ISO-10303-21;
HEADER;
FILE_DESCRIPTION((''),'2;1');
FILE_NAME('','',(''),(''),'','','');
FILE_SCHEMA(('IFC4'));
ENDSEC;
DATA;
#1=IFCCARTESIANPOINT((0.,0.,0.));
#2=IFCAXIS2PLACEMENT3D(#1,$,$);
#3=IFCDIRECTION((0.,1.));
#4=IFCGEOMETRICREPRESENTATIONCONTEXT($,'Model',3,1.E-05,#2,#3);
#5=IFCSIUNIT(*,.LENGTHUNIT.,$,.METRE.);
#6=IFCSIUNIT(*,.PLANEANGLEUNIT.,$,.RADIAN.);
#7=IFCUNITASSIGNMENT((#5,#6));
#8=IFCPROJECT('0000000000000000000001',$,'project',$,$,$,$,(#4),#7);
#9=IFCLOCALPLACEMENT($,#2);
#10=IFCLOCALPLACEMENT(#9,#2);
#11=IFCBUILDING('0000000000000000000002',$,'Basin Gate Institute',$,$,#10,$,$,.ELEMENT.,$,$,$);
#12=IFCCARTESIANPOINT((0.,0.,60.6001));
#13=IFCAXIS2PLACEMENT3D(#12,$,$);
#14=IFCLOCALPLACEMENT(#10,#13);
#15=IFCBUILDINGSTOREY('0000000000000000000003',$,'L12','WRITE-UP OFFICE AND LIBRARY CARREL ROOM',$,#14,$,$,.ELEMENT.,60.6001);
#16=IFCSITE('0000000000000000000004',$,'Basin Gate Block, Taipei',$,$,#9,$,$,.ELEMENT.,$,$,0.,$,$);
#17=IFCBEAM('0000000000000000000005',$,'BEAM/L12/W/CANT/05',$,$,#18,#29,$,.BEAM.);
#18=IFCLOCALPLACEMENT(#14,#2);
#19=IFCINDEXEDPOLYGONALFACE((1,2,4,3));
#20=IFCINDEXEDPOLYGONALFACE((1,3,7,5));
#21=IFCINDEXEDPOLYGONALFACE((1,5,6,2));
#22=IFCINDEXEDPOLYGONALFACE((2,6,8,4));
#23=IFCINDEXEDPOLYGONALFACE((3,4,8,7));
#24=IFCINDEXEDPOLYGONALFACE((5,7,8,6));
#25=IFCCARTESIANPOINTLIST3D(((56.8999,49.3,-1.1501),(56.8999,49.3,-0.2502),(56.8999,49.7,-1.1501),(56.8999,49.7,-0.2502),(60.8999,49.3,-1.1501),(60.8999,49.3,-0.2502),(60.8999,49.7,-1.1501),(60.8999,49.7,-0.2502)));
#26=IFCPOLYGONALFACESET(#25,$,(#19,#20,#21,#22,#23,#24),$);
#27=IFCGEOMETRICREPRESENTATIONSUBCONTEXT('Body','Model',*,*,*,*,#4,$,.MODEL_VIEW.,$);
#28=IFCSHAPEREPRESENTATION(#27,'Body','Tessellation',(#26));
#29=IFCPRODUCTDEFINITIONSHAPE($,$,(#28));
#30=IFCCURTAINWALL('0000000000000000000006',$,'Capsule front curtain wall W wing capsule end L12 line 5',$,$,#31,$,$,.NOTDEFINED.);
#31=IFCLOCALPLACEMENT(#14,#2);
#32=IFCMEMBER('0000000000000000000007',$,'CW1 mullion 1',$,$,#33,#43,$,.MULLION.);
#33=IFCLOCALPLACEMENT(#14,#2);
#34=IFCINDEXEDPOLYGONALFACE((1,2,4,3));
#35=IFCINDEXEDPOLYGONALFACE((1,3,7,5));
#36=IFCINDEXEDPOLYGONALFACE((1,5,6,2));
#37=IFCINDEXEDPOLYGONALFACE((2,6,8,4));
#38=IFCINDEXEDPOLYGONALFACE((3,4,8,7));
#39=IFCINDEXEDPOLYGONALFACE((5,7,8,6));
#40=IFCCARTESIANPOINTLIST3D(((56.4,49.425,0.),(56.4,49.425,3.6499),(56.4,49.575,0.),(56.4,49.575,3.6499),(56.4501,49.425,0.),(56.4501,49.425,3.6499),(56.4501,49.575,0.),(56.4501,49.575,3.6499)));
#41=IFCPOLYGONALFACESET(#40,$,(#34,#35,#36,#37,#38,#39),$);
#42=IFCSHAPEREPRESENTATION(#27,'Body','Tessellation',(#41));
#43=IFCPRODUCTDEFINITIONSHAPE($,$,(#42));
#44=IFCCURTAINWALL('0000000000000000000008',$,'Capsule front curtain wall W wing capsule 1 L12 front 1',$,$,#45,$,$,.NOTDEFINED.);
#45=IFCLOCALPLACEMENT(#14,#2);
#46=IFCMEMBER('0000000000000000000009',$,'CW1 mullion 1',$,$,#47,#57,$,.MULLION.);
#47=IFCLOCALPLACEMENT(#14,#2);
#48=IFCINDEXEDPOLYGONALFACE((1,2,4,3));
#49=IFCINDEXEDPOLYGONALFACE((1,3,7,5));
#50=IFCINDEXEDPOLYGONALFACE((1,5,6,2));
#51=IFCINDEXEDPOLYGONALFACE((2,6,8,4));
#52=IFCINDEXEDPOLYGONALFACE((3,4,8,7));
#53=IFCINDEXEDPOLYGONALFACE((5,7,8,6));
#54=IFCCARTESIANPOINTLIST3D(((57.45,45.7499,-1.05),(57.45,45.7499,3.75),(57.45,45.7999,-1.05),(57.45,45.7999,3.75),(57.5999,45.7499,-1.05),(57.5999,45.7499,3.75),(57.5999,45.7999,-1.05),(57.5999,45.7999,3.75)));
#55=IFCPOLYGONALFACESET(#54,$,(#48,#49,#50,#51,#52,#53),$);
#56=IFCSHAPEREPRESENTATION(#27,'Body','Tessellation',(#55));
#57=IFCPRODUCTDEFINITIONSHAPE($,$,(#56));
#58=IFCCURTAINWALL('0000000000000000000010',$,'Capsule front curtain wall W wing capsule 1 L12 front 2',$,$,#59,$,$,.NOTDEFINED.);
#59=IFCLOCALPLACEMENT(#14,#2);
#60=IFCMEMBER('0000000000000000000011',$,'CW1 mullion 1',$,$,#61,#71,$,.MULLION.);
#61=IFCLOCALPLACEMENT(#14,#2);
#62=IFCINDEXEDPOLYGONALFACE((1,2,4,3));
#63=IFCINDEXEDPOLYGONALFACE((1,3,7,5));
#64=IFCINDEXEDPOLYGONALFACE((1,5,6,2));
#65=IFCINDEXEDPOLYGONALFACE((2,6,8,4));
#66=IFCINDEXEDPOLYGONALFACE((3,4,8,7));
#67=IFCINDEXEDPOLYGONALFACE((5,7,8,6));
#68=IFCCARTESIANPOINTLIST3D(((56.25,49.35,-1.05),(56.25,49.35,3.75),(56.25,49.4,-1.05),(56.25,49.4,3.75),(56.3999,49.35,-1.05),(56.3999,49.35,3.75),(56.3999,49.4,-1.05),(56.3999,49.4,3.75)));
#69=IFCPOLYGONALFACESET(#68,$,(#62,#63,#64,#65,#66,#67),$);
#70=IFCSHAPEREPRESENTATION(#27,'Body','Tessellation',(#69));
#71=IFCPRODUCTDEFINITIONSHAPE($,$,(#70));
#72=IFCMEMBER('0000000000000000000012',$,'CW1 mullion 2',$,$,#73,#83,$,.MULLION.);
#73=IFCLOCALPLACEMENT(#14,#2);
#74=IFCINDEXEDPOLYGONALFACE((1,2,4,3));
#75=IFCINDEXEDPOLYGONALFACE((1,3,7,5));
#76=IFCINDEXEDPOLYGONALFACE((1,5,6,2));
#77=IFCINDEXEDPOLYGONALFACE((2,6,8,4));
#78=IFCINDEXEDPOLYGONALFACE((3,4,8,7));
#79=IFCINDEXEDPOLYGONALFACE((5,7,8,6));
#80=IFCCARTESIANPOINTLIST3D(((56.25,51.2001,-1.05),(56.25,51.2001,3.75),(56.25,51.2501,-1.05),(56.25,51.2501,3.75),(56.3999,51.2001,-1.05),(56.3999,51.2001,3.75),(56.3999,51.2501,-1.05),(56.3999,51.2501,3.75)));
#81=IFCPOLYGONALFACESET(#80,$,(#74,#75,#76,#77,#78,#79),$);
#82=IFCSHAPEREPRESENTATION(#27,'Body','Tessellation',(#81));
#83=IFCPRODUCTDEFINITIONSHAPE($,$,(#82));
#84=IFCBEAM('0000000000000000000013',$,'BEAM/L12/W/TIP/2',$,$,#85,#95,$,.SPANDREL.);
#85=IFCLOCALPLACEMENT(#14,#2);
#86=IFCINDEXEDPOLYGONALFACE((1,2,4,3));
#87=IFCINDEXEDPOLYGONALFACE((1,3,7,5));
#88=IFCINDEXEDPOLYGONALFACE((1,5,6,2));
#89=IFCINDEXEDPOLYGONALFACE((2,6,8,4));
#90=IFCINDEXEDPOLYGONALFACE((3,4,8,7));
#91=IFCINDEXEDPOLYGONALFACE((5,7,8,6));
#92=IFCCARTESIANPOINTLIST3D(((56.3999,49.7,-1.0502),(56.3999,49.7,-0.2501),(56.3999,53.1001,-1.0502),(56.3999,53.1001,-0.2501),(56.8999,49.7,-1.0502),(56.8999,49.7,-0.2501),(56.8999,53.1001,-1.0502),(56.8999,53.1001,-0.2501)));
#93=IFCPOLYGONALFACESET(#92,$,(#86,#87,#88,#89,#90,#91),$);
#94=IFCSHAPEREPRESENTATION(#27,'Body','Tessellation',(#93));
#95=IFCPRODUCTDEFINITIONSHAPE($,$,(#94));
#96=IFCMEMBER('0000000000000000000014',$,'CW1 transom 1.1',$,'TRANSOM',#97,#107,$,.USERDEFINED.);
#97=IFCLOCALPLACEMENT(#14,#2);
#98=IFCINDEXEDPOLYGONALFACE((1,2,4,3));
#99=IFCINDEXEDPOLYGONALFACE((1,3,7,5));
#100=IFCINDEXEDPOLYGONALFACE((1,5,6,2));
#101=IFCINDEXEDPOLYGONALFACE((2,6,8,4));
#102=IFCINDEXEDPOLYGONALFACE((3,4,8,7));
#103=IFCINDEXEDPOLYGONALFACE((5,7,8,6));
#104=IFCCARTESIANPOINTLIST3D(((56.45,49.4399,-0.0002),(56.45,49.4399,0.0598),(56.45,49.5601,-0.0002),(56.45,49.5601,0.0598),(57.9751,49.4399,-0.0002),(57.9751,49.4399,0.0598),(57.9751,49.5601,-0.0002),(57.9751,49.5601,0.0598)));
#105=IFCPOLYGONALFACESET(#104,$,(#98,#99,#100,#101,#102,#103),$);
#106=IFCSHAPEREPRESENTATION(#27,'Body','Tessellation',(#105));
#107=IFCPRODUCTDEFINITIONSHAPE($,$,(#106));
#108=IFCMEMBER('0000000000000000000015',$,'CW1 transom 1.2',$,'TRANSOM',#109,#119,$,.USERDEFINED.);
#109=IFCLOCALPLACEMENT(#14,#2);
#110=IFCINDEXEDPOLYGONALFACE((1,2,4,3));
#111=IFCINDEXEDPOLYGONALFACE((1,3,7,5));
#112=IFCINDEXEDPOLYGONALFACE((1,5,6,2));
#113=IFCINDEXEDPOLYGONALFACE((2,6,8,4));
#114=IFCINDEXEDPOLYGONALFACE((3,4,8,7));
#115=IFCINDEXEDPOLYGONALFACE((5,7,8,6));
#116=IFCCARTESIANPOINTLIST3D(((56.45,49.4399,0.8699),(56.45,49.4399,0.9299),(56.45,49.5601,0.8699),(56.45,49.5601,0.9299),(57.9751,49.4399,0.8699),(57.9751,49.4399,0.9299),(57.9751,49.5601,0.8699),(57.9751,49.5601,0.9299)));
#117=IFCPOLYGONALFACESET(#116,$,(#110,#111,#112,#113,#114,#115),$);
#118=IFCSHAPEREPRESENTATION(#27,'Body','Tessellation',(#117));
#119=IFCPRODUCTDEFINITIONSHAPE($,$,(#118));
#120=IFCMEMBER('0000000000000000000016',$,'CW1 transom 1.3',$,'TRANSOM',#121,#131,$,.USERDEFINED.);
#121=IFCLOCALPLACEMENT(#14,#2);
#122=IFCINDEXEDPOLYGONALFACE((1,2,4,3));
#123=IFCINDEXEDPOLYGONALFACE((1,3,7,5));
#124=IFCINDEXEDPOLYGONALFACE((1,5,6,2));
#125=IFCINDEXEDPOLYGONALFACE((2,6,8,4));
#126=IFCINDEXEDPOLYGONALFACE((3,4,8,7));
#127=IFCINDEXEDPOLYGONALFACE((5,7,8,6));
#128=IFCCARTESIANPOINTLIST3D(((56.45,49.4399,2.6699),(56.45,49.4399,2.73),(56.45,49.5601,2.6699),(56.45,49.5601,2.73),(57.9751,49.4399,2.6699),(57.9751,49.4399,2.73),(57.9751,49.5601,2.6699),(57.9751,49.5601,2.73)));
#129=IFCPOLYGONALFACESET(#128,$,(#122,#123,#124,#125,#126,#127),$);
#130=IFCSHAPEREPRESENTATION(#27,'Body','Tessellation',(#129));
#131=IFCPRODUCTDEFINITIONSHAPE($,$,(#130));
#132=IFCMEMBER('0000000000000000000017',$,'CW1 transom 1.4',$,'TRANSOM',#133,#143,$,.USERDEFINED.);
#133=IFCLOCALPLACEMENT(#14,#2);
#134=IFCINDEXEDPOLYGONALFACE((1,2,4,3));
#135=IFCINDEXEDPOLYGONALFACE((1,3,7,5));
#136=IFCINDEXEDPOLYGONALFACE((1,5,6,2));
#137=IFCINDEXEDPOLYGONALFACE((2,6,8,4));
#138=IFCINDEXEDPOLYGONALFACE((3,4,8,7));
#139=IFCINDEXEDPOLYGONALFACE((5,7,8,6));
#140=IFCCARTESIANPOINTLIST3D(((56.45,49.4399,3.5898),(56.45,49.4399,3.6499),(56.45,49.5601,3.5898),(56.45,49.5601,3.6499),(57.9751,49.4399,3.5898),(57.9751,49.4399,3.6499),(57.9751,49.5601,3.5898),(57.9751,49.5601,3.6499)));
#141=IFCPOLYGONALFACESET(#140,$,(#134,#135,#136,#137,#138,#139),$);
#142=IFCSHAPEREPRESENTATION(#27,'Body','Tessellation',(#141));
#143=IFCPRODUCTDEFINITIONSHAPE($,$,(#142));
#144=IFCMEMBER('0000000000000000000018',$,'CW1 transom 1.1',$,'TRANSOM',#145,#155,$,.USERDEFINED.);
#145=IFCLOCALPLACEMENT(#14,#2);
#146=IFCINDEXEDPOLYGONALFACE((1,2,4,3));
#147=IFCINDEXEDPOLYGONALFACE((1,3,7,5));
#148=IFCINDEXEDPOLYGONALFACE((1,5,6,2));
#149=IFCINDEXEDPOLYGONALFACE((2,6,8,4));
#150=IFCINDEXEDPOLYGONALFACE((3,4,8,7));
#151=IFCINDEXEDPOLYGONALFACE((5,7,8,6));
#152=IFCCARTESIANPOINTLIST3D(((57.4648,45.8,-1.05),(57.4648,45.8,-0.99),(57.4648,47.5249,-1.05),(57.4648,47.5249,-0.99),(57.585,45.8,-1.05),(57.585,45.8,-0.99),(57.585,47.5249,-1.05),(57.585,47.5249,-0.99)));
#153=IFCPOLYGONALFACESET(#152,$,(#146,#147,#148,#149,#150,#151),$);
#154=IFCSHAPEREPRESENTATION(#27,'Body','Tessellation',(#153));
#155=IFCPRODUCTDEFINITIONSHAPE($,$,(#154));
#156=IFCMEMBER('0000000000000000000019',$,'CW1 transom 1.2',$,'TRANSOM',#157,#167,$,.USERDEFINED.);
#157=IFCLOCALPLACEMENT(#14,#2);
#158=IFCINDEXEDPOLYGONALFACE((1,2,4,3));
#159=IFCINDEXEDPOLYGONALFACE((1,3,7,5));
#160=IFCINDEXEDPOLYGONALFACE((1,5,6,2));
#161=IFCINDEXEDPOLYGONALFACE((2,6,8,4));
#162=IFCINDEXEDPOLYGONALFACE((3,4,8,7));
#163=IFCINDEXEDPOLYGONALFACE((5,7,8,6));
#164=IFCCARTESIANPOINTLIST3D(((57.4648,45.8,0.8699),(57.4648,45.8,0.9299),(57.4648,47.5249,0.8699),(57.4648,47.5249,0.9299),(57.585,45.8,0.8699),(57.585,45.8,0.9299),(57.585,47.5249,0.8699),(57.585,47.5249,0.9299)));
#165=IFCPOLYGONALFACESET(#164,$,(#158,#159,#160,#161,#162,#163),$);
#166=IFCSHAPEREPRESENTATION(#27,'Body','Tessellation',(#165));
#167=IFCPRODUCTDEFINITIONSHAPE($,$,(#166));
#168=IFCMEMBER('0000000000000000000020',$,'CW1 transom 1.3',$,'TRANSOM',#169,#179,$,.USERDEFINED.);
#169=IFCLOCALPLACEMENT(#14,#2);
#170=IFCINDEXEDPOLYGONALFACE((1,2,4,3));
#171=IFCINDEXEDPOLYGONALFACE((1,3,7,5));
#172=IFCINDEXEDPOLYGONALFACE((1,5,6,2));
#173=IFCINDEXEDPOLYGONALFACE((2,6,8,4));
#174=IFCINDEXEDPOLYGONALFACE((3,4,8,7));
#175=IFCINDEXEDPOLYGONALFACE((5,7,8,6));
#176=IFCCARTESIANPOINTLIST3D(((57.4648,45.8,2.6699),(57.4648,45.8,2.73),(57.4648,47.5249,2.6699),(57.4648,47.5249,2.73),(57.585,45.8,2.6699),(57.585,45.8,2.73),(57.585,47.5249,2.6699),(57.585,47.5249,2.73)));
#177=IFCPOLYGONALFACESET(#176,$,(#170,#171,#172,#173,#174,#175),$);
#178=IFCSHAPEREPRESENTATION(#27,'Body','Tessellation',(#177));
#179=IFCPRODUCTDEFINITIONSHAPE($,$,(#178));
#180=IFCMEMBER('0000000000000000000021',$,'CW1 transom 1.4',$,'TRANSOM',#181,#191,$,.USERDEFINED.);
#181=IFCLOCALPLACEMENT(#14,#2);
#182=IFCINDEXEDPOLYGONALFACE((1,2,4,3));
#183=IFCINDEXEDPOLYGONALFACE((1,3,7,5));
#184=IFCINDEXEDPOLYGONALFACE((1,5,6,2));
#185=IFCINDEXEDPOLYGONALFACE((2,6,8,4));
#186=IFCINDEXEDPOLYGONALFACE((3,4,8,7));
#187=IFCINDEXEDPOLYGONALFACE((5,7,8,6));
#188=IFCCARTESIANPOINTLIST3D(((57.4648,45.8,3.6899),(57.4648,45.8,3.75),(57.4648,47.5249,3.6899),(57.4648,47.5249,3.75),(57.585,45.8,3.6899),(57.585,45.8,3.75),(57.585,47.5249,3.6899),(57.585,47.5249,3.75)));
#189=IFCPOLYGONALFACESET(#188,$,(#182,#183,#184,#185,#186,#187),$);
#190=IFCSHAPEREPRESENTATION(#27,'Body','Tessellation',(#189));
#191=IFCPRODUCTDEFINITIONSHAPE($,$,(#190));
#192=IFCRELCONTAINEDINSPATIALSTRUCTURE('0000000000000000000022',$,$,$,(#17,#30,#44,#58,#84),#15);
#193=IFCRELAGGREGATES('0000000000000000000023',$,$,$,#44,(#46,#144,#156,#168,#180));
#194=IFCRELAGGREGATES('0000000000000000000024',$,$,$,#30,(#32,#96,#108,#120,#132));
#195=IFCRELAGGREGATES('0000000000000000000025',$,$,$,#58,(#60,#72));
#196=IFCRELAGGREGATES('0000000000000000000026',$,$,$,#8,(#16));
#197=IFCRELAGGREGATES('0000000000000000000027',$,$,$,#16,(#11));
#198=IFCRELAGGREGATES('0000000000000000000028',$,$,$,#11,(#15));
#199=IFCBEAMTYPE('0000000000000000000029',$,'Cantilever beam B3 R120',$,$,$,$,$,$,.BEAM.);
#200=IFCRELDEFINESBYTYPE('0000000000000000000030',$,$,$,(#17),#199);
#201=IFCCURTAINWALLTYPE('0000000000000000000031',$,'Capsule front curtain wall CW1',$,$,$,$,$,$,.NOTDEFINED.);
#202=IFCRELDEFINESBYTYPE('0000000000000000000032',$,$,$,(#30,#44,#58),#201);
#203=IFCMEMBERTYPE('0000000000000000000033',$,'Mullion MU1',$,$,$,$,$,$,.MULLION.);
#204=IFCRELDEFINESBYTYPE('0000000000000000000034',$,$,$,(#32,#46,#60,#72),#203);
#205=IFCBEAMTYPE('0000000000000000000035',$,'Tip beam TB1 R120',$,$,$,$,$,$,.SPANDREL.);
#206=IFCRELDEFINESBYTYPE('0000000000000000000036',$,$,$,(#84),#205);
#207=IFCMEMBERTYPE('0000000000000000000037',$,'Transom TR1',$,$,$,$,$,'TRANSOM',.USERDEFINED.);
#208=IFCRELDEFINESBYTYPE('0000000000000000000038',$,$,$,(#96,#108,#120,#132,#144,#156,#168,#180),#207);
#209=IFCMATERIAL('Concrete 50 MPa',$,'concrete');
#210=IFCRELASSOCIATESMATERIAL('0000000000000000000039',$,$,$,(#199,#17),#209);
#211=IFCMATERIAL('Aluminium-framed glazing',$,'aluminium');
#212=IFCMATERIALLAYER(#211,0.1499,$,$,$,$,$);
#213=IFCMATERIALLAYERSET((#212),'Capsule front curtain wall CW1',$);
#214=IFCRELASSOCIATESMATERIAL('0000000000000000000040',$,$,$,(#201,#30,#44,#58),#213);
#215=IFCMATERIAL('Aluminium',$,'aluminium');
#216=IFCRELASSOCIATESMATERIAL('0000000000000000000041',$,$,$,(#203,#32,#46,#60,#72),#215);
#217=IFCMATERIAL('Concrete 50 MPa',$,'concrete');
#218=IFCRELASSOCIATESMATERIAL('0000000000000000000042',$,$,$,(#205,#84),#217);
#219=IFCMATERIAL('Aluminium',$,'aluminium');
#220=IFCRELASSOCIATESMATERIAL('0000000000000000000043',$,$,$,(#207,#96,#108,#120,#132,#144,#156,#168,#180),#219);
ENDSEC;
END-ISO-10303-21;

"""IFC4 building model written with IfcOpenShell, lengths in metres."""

from ifc_helpers import new_model, si_unit, direction, frame, origin, origin_2d, place, context, subcontext, project, spatial, rectangle, extrude, material, layer, layer_set, material_profile, profile_set, type_object, element, aggregate, save


model = new_model("IFC4")

# Units and contexts
model_context = context("Model", 3, precision=1e-05, world=origin(), true_north=direction((0.0, 1.0)))
body_context = subcontext(model_context, "Body", "Model", "MODEL_VIEW")
ifc_project = project(units=[si_unit("LENGTHUNIT", "METRE"), si_unit("PLANEANGLEUNIT", "RADIAN")], contexts=[model_context])

# Site, building, storey
site_placement = place(None, origin())
site = spatial("IfcSite", under=ifc_project, at=site_placement, Name="Basin Gate Block, Taipei", CompositionType="ELEMENT", RefElevation=0.0)
building_placement = place(site_placement, origin())
building = spatial("IfcBuilding", under=site, at=building_placement, Name="Basin Gate Institute", CompositionType="ELEMENT")
storey_placement = place(building_placement, frame((0.0, 0.0, 60.6001)))
storey = spatial("IfcBuildingStorey", under=building, at=storey_placement, Name="L12", Description="WRITE-UP OFFICE AND LIBRARY CARREL ROOM", CompositionType="ELEMENT", Elevation=60.6001)

# Beam
ifc_material_1 = material(Name="Concrete 50 MPa", Category="concrete")
ifc_material_profile_1 = material_profile(ifc_material_1, rectangle(XDim=0.3999, YDim=0.8999, at=origin_2d()), Name="Cantilever beam B3 400 x 900")
ifc_profile_set_1 = profile_set([ifc_material_profile_1], Name="Concrete 50 MPa")
beam_type_1 = type_object("IfcBeamType", Name="Cantilever beam B3 R120", PredefinedType="BEAM", material=ifc_profile_set_1)
beam_1_placement = place(storey_placement, frame((56.8999, 49.5, -0.7002), z_axis=(1.0, 0.0, 0.0), x_axis=(0.0, 1.0, 0.0)))
element("IfcBeam", 1, at=beam_1_placement, inside=storey, type_object=beam_type_1, material=ifc_profile_set_1, Name="BEAM/L12/W/CANT/05", PredefinedType="BEAM", context=body_context, shape_type="SweptSolid", body=[
    extrude(rectangle(XDim=0.3999, YDim=0.8999, at=origin_2d()), origin(), (0.0, 0.0, 1.0), 4.0),
])

# Curtain walls, members
ifc_material_2 = material(Name="Aluminium-framed glazing", Category="aluminium")
ifc_layer_1 = layer(ifc_material_2, 0.1499)
ifc_layer_set_1 = layer_set([ifc_layer_1], Name="Capsule front curtain wall CW1")
curtain_wall_type = type_object("IfcCurtainWallType", Name="Capsule front curtain wall CW1", PredefinedType="NOTDEFINED", material=ifc_layer_set_1)
curtain_wall_1_placement = place(storey_placement, origin())
curtain_wall_1 = element("IfcCurtainWall", 2, at=curtain_wall_1_placement, inside=storey, type_object=curtain_wall_type, material=ifc_layer_set_1, Name="Capsule front curtain wall W wing capsule end L12 line 5", PredefinedType="NOTDEFINED")
ifc_material_3 = material(Name="Aluminium", Category="aluminium")
ifc_material_profile_2 = material_profile(ifc_material_3, rectangle(XDim=0.1499, YDim=0.05, at=origin_2d()), Name="Mullion MU1 150 x 50")
ifc_profile_set_2 = profile_set([ifc_material_profile_2], Name="Aluminium")
member_type_1 = type_object("IfcMemberType", Name="Mullion MU1", PredefinedType="MULLION", material=ifc_profile_set_2)
member_1_placement = place(storey_placement, frame((56.425, 49.5, 0.0), z_axis=(0.0, 0.0, 1.0), x_axis=(0.0, 1.0, 0.0)))
member_1 = element("IfcMember", 3, at=member_1_placement, type_object=member_type_1, material=ifc_profile_set_2, Name="CW1 mullion 1", PredefinedType="MULLION", context=body_context, shape_type="SweptSolid", body=[
    extrude(rectangle(XDim=0.1499, YDim=0.05, at=origin_2d()), origin(), (0.0, 0.0, 1.0), 3.6499),
])
curtain_wall_2_placement = place(storey_placement, origin())
curtain_wall_2 = element("IfcCurtainWall", 4, at=curtain_wall_2_placement, inside=storey, type_object=curtain_wall_type, material=ifc_layer_set_1, Name="Capsule front curtain wall W wing capsule 1 L12 front 1", PredefinedType="NOTDEFINED")
member_2_placement = place(storey_placement, frame((57.5249, 45.7749, -1.05), z_axis=(0.0, 0.0, 1.0), x_axis=(-1.0, 0.0, 0.0)))
member_2 = element("IfcMember", 5, at=member_2_placement, type_object=member_type_1, material=ifc_profile_set_2, Name="CW1 mullion 1", PredefinedType="MULLION", context=body_context, shape_type="SweptSolid", body=[
    extrude(rectangle(XDim=0.1499, YDim=0.05, at=origin_2d()), origin(), (0.0, 0.0, 1.0), 4.8),
])

# Curtain wall, members
curtain_wall_3_placement = place(storey_placement, origin())
curtain_wall_3 = element("IfcCurtainWall", 6, at=curtain_wall_3_placement, inside=storey, type_object=curtain_wall_type, material=ifc_layer_set_1, Name="Capsule front curtain wall W wing capsule 1 L12 front 2", PredefinedType="NOTDEFINED")
member_3_placement = place(storey_placement, frame((56.325, 49.375, -1.05), z_axis=(0.0, 0.0, 1.0), x_axis=(-1.0, 0.0, 0.0)))
member_3 = element("IfcMember", 7, at=member_3_placement, type_object=member_type_1, material=ifc_profile_set_2, Name="CW1 mullion 1", PredefinedType="MULLION", context=body_context, shape_type="SweptSolid", body=[
    extrude(rectangle(XDim=0.1499, YDim=0.05, at=origin_2d()), origin(), (0.0, 0.0, 1.0), 4.8),
])
member_4_placement = place(storey_placement, frame((56.325, 51.2251, -1.05), z_axis=(0.0, 0.0, 1.0), x_axis=(-1.0, 0.0, 0.0)))
member_4 = element("IfcMember", 8, at=member_4_placement, type_object=member_type_1, material=ifc_profile_set_2, Name="CW1 mullion 2", PredefinedType="MULLION", context=body_context, shape_type="SweptSolid", body=[
    extrude(rectangle(XDim=0.1499, YDim=0.05, at=origin_2d()), origin(), (0.0, 0.0, 1.0), 4.8),
])

# Beam
ifc_material_4 = material(Name="Concrete 50 MPa", Category="concrete")
ifc_material_profile_3 = material_profile(ifc_material_4, rectangle(XDim=0.5, YDim=0.8, at=origin_2d()), Name="Tip beam TB1 500 x 800")
ifc_profile_set_3 = profile_set([ifc_material_profile_3], Name="Concrete 50 MPa")
beam_type_2 = type_object("IfcBeamType", Name="Tip beam TB1 R120", PredefinedType="SPANDREL", material=ifc_profile_set_3)
beam_2_placement = place(storey_placement, frame((56.6499, 49.7, -0.6501), z_axis=(0.0, 1.0, 0.0), x_axis=(-1.0, 0.0, 0.0)))
element("IfcBeam", 9, at=beam_2_placement, inside=storey, type_object=beam_type_2, material=ifc_profile_set_3, Name="BEAM/L12/W/TIP/2", PredefinedType="SPANDREL", context=body_context, shape_type="SweptSolid", body=[
    extrude(rectangle(XDim=0.5, YDim=0.8, at=origin_2d()), origin(), (0.0, 0.0, 1.0), 3.4001),
])

# Members
ifc_material_5 = material(Name="Aluminium", Category="aluminium")
ifc_material_profile_4 = material_profile(ifc_material_5, rectangle(XDim=0.1201, YDim=0.0601, at=origin_2d()), Name="Transom TR1 120 x 60")
ifc_profile_set_4 = profile_set([ifc_material_profile_4], Name="Aluminium")
member_type_2 = type_object("IfcMemberType", Name="Transom TR1", ElementType="TRANSOM", PredefinedType="USERDEFINED", material=ifc_profile_set_4)
member_5_placement = place(storey_placement, frame((56.45, 49.5, 0.0298), z_axis=(1.0, 0.0, 0.0), x_axis=(0.0, 1.0, 0.0)))
member_5 = element("IfcMember", 10, at=member_5_placement, type_object=member_type_2, material=ifc_profile_set_4, Name="CW1 transom 1.1", ObjectType="TRANSOM", PredefinedType="USERDEFINED", context=body_context, shape_type="SweptSolid", body=[
    extrude(rectangle(XDim=0.1201, YDim=0.0601, at=origin_2d()), origin(), (0.0, 0.0, 1.0), 1.5251),
])
member_6_placement = place(storey_placement, frame((56.45, 49.5, 0.8999), z_axis=(1.0, 0.0, 0.0), x_axis=(0.0, 1.0, 0.0)))
member_6 = element("IfcMember", 11, at=member_6_placement, type_object=member_type_2, material=ifc_profile_set_4, Name="CW1 transom 1.2", ObjectType="TRANSOM", PredefinedType="USERDEFINED", context=body_context, shape_type="SweptSolid", body=[
    extrude(rectangle(XDim=0.1201, YDim=0.0601, at=origin_2d()), origin(), (0.0, 0.0, 1.0), 1.5251),
])
member_7_placement = place(storey_placement, frame((56.45, 49.5, 2.7), z_axis=(1.0, 0.0, 0.0), x_axis=(0.0, 1.0, 0.0)))
member_7 = element("IfcMember", 12, at=member_7_placement, type_object=member_type_2, material=ifc_profile_set_4, Name="CW1 transom 1.3", ObjectType="TRANSOM", PredefinedType="USERDEFINED", context=body_context, shape_type="SweptSolid", body=[
    extrude(rectangle(XDim=0.1201, YDim=0.0601, at=origin_2d()), origin(), (0.0, 0.0, 1.0), 1.5251),
])
member_8_placement = place(storey_placement, frame((56.45, 49.5, 3.6199), z_axis=(1.0, 0.0, 0.0), x_axis=(0.0, 1.0, 0.0)))
member_8 = element("IfcMember", 13, at=member_8_placement, type_object=member_type_2, material=ifc_profile_set_4, Name="CW1 transom 1.4", ObjectType="TRANSOM", PredefinedType="USERDEFINED", context=body_context, shape_type="SweptSolid", body=[
    extrude(rectangle(XDim=0.1201, YDim=0.0601, at=origin_2d()), origin(), (0.0, 0.0, 1.0), 1.5251),
])
member_9_placement = place(storey_placement, frame((57.5249, 45.8, -1.02), z_axis=(0.0, 1.0, 0.0), x_axis=(-1.0, 0.0, 0.0)))
member_9 = element("IfcMember", 14, at=member_9_placement, type_object=member_type_2, material=ifc_profile_set_4, Name="CW1 transom 1.1", ObjectType="TRANSOM", PredefinedType="USERDEFINED", context=body_context, shape_type="SweptSolid", body=[
    extrude(rectangle(XDim=0.1201, YDim=0.0601, at=origin_2d()), origin(), (0.0, 0.0, 1.0), 1.7249),
])
member_10_placement = place(storey_placement, frame((57.5249, 45.8, 0.8999), z_axis=(0.0, 1.0, 0.0), x_axis=(-1.0, 0.0, 0.0)))
member_10 = element("IfcMember", 15, at=member_10_placement, type_object=member_type_2, material=ifc_profile_set_4, Name="CW1 transom 1.2", ObjectType="TRANSOM", PredefinedType="USERDEFINED", context=body_context, shape_type="SweptSolid", body=[
    extrude(rectangle(XDim=0.1201, YDim=0.0601, at=origin_2d()), origin(), (0.0, 0.0, 1.0), 1.7249),
])
member_11_placement = place(storey_placement, frame((57.5249, 45.8, 2.7), z_axis=(0.0, 1.0, 0.0), x_axis=(-1.0, 0.0, 0.0)))
member_11 = element("IfcMember", 16, at=member_11_placement, type_object=member_type_2, material=ifc_profile_set_4, Name="CW1 transom 1.3", ObjectType="TRANSOM", PredefinedType="USERDEFINED", context=body_context, shape_type="SweptSolid", body=[
    extrude(rectangle(XDim=0.1201, YDim=0.0601, at=origin_2d()), origin(), (0.0, 0.0, 1.0), 1.7249),
])
member_12_placement = place(storey_placement, frame((57.5249, 45.8, 3.72), z_axis=(0.0, 1.0, 0.0), x_axis=(-1.0, 0.0, 0.0)))
member_12 = element("IfcMember", 17, at=member_12_placement, type_object=member_type_2, material=ifc_profile_set_4, Name="CW1 transom 1.4", ObjectType="TRANSOM", PredefinedType="USERDEFINED", context=body_context, shape_type="SweptSolid", body=[
    extrude(rectangle(XDim=0.1201, YDim=0.0601, at=origin_2d()), origin(), (0.0, 0.0, 1.0), 1.7249),
])
aggregate(curtain_wall_2, [member_2, member_9, member_10, member_11, member_12])

aggregate(curtain_wall_1, [member_1, member_5, member_6, member_7, member_8])
aggregate(curtain_wall_3, [member_3, member_4])

save(model, "model.ifc")
